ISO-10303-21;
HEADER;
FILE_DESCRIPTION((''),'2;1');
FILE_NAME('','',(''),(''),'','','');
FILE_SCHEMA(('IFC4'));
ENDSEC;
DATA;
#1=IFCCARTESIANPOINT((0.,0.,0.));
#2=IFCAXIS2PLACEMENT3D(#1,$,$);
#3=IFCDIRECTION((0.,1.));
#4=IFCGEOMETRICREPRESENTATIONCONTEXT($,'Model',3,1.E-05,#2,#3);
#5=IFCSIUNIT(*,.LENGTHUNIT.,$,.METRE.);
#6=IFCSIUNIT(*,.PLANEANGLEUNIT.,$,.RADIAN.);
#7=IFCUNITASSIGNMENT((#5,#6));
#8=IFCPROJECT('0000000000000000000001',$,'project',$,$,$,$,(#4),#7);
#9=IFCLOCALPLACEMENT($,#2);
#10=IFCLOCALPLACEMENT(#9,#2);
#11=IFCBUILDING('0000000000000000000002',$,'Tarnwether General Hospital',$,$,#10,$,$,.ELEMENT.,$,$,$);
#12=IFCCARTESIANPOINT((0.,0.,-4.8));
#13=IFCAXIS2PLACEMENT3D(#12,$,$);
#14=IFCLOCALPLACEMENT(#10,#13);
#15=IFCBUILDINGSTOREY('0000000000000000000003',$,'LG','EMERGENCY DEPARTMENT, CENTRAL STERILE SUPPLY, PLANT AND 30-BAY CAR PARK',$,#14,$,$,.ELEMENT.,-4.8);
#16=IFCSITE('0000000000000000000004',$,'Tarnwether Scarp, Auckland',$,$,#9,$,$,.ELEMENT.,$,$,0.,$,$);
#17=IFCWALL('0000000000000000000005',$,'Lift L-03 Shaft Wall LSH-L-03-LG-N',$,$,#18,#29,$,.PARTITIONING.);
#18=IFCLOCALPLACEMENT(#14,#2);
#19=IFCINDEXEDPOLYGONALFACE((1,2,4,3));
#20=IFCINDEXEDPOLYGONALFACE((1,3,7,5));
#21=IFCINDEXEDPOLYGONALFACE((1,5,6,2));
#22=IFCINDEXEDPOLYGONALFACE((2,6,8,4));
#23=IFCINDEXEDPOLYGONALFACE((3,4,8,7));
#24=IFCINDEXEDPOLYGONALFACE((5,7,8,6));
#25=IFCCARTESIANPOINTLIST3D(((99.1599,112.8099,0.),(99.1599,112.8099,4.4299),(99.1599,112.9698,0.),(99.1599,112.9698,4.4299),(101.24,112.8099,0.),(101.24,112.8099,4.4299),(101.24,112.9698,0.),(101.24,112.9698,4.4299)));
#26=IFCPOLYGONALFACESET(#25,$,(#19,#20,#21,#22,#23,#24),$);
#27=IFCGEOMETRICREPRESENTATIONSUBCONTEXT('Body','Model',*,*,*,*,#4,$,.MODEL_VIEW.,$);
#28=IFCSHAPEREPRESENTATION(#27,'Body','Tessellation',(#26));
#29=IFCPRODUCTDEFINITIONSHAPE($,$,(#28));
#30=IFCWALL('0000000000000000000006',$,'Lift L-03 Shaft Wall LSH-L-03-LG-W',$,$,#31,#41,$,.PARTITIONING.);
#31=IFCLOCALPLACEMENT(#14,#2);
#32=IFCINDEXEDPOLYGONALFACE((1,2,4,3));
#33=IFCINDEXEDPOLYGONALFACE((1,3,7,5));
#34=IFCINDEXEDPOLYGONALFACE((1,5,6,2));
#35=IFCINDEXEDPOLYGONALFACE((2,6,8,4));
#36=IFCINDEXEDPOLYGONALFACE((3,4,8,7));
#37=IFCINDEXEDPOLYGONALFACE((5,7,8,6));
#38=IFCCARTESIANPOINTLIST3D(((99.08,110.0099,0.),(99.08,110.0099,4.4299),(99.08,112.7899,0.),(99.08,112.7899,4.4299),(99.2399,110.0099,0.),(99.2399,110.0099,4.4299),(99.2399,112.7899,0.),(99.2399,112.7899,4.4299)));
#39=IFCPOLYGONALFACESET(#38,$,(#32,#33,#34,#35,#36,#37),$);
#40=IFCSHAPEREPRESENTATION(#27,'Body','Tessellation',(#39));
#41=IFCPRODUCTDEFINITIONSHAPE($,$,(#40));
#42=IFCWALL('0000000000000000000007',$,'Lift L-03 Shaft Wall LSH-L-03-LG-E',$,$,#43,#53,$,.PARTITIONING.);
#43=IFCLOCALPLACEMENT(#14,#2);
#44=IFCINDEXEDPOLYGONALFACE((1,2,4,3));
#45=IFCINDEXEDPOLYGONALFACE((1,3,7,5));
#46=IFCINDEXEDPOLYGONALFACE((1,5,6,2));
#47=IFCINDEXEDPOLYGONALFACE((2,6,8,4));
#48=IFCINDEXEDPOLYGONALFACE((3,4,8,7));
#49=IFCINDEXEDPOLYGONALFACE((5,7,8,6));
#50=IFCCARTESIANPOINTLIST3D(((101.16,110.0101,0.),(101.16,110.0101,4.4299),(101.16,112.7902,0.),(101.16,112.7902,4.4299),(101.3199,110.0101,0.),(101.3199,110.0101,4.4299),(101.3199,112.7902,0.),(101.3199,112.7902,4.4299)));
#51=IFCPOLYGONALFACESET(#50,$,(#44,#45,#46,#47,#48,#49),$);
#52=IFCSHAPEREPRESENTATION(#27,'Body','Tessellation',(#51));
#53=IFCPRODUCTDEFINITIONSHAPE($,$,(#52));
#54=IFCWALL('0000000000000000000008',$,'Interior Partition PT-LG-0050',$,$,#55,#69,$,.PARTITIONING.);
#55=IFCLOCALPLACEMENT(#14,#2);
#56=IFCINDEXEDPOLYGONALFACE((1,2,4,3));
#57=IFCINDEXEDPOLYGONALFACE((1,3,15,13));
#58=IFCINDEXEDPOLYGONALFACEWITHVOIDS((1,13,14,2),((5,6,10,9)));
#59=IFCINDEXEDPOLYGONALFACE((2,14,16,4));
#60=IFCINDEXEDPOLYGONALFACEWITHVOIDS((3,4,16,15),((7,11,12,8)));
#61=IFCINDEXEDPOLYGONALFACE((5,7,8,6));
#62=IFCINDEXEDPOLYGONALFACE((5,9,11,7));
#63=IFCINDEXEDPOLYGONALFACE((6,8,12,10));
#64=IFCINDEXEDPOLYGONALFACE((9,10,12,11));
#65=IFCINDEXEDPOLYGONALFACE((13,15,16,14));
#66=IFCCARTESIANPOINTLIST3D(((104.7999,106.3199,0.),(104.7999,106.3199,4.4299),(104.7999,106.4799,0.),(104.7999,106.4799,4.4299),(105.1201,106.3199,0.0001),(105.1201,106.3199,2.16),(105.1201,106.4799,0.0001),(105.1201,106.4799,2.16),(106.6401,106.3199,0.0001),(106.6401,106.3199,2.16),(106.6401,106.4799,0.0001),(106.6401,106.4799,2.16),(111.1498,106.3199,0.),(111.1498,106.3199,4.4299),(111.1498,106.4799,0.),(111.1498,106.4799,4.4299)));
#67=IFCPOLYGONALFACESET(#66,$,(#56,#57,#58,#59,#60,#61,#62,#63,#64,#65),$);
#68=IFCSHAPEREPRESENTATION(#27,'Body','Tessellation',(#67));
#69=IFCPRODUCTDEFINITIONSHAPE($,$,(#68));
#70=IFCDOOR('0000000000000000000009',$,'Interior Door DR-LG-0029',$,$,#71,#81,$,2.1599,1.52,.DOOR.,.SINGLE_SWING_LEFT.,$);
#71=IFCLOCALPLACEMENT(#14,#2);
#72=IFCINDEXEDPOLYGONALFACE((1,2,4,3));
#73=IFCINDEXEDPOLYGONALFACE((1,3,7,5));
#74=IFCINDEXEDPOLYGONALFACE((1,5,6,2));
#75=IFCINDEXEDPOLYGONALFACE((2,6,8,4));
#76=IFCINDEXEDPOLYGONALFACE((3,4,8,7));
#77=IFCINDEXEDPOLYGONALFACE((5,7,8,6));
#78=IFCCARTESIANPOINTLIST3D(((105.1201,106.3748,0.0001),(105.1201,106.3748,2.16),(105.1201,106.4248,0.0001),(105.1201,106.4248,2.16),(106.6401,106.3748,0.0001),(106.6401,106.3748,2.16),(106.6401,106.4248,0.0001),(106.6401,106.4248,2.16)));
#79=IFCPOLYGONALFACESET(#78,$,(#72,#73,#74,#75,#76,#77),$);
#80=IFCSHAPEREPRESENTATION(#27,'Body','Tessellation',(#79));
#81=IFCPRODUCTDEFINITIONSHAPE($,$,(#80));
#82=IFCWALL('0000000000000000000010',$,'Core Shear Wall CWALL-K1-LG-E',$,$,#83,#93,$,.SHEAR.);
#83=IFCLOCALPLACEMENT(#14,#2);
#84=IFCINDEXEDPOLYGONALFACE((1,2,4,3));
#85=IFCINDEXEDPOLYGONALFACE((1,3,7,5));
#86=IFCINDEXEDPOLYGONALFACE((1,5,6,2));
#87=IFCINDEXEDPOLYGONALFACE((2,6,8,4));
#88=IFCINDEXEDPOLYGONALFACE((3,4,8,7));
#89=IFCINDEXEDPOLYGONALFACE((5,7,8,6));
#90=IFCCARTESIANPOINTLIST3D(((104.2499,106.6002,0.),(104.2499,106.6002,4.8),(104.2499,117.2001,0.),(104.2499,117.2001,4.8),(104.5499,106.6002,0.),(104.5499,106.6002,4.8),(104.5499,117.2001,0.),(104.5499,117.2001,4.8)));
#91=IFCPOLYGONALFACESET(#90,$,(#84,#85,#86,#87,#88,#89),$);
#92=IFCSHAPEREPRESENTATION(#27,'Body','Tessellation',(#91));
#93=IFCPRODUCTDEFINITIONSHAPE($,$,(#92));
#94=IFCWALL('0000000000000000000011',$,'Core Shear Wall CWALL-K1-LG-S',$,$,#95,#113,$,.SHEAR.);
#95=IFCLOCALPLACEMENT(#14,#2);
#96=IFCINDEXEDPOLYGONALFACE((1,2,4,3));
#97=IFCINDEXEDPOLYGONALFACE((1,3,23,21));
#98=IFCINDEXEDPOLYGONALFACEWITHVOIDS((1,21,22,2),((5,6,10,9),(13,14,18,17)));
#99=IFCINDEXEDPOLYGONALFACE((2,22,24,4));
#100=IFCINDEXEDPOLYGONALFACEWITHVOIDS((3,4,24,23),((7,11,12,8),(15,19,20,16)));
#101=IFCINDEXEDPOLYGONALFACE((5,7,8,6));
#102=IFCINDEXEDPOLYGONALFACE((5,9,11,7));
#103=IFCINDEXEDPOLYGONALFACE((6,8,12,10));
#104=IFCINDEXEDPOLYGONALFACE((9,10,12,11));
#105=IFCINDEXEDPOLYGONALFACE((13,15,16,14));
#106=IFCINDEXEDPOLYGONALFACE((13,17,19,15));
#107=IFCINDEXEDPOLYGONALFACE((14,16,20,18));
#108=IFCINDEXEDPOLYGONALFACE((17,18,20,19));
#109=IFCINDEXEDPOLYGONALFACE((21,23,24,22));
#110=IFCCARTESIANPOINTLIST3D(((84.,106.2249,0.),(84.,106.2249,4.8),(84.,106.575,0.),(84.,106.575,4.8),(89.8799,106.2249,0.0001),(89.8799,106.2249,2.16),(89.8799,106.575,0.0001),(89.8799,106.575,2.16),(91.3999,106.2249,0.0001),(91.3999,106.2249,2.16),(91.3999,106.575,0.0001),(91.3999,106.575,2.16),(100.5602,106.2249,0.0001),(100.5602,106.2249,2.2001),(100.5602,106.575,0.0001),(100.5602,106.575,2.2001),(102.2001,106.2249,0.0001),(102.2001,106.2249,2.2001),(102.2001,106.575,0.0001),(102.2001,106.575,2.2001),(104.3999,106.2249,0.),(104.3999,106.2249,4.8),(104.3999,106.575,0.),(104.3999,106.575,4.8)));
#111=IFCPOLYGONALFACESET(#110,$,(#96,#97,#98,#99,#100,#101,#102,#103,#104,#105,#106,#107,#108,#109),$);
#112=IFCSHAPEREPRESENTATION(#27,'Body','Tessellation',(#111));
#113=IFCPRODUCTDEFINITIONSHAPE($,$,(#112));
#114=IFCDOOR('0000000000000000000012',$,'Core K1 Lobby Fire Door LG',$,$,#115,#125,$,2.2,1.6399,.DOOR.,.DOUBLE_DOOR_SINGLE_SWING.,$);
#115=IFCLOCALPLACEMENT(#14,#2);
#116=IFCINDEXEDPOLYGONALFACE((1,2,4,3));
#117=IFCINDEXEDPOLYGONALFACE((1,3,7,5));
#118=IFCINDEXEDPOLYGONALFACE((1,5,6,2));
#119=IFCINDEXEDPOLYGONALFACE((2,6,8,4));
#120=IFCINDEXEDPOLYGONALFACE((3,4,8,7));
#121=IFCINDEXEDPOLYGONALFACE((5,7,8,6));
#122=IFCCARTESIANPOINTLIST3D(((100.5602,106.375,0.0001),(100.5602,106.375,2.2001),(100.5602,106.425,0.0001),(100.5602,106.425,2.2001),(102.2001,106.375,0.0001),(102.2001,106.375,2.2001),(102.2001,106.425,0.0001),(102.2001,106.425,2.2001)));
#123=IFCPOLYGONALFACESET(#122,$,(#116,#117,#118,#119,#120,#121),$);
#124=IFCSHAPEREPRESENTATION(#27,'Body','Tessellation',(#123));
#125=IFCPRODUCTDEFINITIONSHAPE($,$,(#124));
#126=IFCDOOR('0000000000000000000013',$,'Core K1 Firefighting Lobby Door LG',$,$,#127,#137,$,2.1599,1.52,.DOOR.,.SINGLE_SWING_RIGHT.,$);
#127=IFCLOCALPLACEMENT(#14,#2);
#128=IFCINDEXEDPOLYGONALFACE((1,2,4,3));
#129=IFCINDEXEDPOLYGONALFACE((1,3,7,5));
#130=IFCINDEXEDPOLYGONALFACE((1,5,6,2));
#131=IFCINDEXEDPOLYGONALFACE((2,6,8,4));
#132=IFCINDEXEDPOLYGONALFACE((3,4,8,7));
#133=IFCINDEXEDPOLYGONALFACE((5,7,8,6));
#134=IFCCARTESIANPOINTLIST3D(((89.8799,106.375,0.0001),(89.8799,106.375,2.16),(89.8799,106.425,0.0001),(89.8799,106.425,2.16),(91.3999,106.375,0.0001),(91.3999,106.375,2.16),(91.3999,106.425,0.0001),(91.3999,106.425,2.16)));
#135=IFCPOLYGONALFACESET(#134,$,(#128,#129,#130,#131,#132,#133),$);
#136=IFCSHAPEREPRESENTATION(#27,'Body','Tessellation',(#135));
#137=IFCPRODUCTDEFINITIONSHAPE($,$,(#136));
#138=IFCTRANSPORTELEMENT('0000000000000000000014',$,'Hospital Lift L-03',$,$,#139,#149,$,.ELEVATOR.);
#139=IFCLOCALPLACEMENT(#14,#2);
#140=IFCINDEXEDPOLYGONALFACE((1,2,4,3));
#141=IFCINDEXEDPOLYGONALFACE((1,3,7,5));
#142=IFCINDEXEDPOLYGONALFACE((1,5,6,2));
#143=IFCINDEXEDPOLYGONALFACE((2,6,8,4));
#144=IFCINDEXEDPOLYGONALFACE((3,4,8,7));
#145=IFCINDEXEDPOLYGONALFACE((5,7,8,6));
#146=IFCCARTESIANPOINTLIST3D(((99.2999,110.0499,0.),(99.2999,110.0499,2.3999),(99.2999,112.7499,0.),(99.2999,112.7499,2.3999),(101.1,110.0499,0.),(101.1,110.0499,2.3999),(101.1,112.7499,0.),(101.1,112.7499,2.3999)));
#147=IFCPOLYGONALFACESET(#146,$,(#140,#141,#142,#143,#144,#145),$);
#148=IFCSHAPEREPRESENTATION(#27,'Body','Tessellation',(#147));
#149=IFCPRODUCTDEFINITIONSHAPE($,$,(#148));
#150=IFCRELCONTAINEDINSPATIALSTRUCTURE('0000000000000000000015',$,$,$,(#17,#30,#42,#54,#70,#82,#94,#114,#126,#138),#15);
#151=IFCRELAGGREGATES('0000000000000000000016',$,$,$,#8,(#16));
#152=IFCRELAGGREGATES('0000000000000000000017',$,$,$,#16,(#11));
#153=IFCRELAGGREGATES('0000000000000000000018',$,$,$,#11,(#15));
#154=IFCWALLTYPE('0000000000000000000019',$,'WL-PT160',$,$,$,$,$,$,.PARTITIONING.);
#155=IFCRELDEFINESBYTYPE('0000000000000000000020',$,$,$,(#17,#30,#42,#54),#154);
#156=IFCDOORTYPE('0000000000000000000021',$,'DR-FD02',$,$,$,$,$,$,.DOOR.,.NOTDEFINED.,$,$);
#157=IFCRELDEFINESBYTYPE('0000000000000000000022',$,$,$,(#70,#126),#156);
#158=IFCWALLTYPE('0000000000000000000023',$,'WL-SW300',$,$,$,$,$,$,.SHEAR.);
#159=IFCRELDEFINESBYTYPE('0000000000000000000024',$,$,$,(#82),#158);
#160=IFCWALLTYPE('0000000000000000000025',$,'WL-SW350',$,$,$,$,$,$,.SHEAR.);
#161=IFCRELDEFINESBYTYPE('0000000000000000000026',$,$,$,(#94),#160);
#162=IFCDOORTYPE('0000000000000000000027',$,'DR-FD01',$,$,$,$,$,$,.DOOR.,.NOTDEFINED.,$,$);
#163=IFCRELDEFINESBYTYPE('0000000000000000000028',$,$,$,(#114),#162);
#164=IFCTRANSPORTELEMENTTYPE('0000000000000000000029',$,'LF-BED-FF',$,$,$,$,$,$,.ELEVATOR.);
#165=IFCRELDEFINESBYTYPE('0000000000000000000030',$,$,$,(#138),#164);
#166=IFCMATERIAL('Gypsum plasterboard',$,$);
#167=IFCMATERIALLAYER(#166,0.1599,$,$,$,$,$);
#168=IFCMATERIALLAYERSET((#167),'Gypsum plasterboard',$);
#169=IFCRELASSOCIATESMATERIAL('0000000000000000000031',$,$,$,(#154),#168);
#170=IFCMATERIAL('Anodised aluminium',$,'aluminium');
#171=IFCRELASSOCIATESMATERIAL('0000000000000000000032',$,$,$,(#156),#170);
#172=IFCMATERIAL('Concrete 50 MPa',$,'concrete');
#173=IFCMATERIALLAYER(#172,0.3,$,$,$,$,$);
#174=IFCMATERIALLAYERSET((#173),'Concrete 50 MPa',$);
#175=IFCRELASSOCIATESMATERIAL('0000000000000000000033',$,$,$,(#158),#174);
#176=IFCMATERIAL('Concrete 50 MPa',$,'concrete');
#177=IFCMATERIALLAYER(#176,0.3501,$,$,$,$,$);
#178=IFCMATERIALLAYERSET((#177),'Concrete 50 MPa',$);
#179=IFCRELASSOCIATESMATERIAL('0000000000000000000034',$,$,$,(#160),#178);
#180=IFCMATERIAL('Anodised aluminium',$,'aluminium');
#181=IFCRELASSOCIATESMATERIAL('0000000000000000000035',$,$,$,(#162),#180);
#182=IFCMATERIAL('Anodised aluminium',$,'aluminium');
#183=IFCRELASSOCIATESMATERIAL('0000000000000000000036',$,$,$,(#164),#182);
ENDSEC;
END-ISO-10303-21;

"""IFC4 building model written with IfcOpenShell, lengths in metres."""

from ifc_helpers import new_model, si_unit, direction, frame, frame_2d, origin, origin_2d, place, context, subcontext, project, spatial, rectangle, extrude, material, layer, layer_set, type_object, element, fill, save


model = new_model("IFC4")

# Units and contexts
model_context = context("Model", 3, precision=1e-05, world=origin(), true_north=direction((0.0, 1.0)))
body_context = subcontext(model_context, "Body", "Model", "MODEL_VIEW")
ifc_project = project(units=[si_unit("LENGTHUNIT", "METRE"), si_unit("PLANEANGLEUNIT", "RADIAN")], contexts=[model_context])

# Site, building, storey
site_placement = place(None, origin())
site = spatial("IfcSite", under=ifc_project, at=site_placement, Name="Tarnwether Scarp, Auckland", CompositionType="ELEMENT", RefElevation=0.0)
building_placement = place(site_placement, origin())
building = spatial("IfcBuilding", under=site, at=building_placement, Name="Tarnwether General Hospital", CompositionType="ELEMENT")
storey_placement = place(building_placement, frame((0.0, 0.0, -4.8)))
storey = spatial("IfcBuildingStorey", under=building, at=storey_placement, Name="LG", Description="EMERGENCY DEPARTMENT, CENTRAL STERILE SUPPLY, PLANT AND 30-BAY CAR PARK", CompositionType="ELEMENT", Elevation=-4.8)

# Shared definitions
ifc_material_1 = material(Name="Gypsum plasterboard")
ifc_layer_1 = layer(ifc_material_1, 0.1599)
ifc_layer_set_1 = layer_set([ifc_layer_1], Name="Gypsum plasterboard")
wall_type_1 = type_object("IfcWallType", Name="WL-PT160", PredefinedType="PARTITIONING", material=ifc_layer_set_1)

# Walls
wall_1_placement = place(storey_placement, frame((101.24, 112.8899, 0.0), z_axis=(0.0, 0.0, 1.0), x_axis=(-1.0, 0.0, 0.0)))
element("IfcWall", 1, at=wall_1_placement, inside=storey, type_object=wall_type_1, Name="Lift L-03 Shaft Wall LSH-L-03-LG-N", PredefinedType="PARTITIONING", context=body_context, shape_type="SweptSolid", body=[
    extrude(rectangle(XDim=2.0801, YDim=0.1599, at=frame_2d((1.04, 0.0))), origin(), (0.0, 0.0, 1.0), 4.4299),
])
for number, where, z_axis, x_axis, name in (
    (2, (99.1599, 112.79, 0.0), (0.0, 0.0, 1.0), (0.0, -1.0, 0.0), "Lift L-03 Shaft Wall LSH-L-03-LG-W"),
    (3, (101.24, 110.01, 0.0), (0.0, 0.0, 1.0), (0.0, 1.0, 0.0), "Lift L-03 Shaft Wall LSH-L-03-LG-E"),
):
    element("IfcWall", number, at=place(storey_placement, frame(where, z_axis=z_axis, x_axis=x_axis)), inside=storey, type_object=wall_type_1, Name=name, PredefinedType="PARTITIONING", context=body_context, shape_type="SweptSolid", body=[
        extrude(rectangle(XDim=2.78, YDim=0.1599, at=frame_2d((1.3901, 0.0))), origin(), (0.0, 0.0, 1.0), 4.4299),
    ])

# Wall, opening, door
wall_2_placement = place(storey_placement, frame((104.8, 106.3999, 0.0), z_axis=(0.0, 0.0, 1.0), x_axis=(1.0, 0.0, 0.0)))
wall_2 = element("IfcWall", 4, at=wall_2_placement, inside=storey, type_object=wall_type_1, Name="Interior Partition PT-LG-0050", PredefinedType="PARTITIONING", context=body_context, shape_type="SweptSolid", body=[
    extrude(rectangle(XDim=6.3499, YDim=0.1599, at=frame_2d((3.1748, 0.0))), origin(), (0.0, 0.0, 1.0), 4.4299),
])
opening_1_placement = place(wall_2_placement, frame((0.3201, 0.0, 0.0)))
opening_1 = element("IfcOpeningElement", 5, at=opening_1_placement, cuts=wall_2, PredefinedType="OPENING", context=body_context, shape_type="SweptSolid", body=[
    extrude(rectangle(XDim=1.52, YDim=2.1599, at=frame_2d((0.76, 1.0801))), frame((0.0, 0.0898, 0.0), z_axis=(0.0, -1.0, 0.0), x_axis=(1.0, 0.0, 0.0)), (0.0, 0.0, 1.0), 0.1799),
])
ifc_material_2 = material(Name="Anodised aluminium", Category="aluminium")
door_type_1 = type_object("IfcDoorType", Name="DR-FD02", OperationType="NOTDEFINED", PredefinedType="DOOR", material=ifc_material_2)
door_1_placement = place(opening_1_placement, origin())
door_1 = element("IfcDoor", 6, at=door_1_placement, inside=storey, type_object=door_type_1, Name="Interior Door DR-LG-0029", OperationType="SINGLE_SWING_LEFT", OverallHeight=2.1599, OverallWidth=1.52, PredefinedType="DOOR", context=body_context, shape_type="SweptSolid", body=[
    extrude(rectangle(XDim=1.52, YDim=2.1599, at=frame_2d((0.76, 1.0801))), frame((0.0, 0.0249, 0.0), z_axis=(0.0, -1.0, 0.0), x_axis=(1.0, 0.0, 0.0)), (0.0, 0.0, 1.0), 0.05),
])
fill(opening_1, door_1)

# Wall
ifc_material_3 = material(Name="Concrete 50 MPa", Category="concrete")
ifc_layer_2 = layer(ifc_material_3, 0.3)
ifc_layer_set_2 = layer_set([ifc_layer_2], Name="Concrete 50 MPa")
wall_type_2 = type_object("IfcWallType", Name="WL-SW300", PredefinedType="SHEAR", material=ifc_layer_set_2)
wall_3_placement = place(storey_placement, frame((104.3999, 117.2, 0.0), z_axis=(0.0, 0.0, 1.0), x_axis=(0.0, -1.0, 0.0)))
element("IfcWall", 7, at=wall_3_placement, inside=storey, type_object=wall_type_2, Name="Core Shear Wall CWALL-K1-LG-E", PredefinedType="SHEAR", context=body_context, shape_type="SweptSolid", body=[
    extrude(rectangle(XDim=10.5999, YDim=0.3, at=frame_2d((5.2998, 0.0))), origin(), (0.0, 0.0, 1.0), 4.8),
])

# Wall, openings, doors
ifc_material_4 = material(Name="Concrete 50 MPa", Category="concrete")
ifc_layer_3 = layer(ifc_material_4, 0.3501)
ifc_layer_set_3 = layer_set([ifc_layer_3], Name="Concrete 50 MPa")
wall_type_3 = type_object("IfcWallType", Name="WL-SW350", PredefinedType="SHEAR", material=ifc_layer_set_3)
wall_4_placement = place(storey_placement, frame((104.3999, 106.3999, 0.0), z_axis=(0.0, 0.0, 1.0), x_axis=(-1.0, 0.0, 0.0)))
wall_4 = element("IfcWall", 8, at=wall_4_placement, inside=storey, type_object=wall_type_3, Name="Core Shear Wall CWALL-K1-LG-S", PredefinedType="SHEAR", context=body_context, shape_type="SweptSolid", body=[
    extrude(rectangle(XDim=20.3999, YDim=0.3501, at=frame_2d((10.2, 0.0))), origin(), (0.0, 0.0, 1.0), 4.8),
])
opening_2_placement = place(wall_4_placement, frame((2.2, 0.0, 0.0)))
opening_2 = element("IfcOpeningElement", 9, at=opening_2_placement, cuts=wall_4, PredefinedType="OPENING", context=body_context, shape_type="SweptSolid", body=[
    extrude(rectangle(XDim=1.6399, YDim=2.2, at=frame_2d((0.8198, 1.1001))), frame((0.0, 0.1851, 0.0), z_axis=(0.0, -1.0, 0.0), x_axis=(1.0, 0.0, 0.0)), (0.0, 0.0, 1.0), 0.3701),
])
opening_3_placement = place(wall_4_placement, frame((13.0, 0.0, 0.0)))
opening_3 = element("IfcOpeningElement", 10, at=opening_3_placement, cuts=wall_4, PredefinedType="OPENING", context=body_context, shape_type="SweptSolid", body=[
    extrude(rectangle(XDim=1.52, YDim=2.1599, at=frame_2d((0.76, 1.0801))), frame((0.0, 0.1851, 0.0), z_axis=(0.0, -1.0, 0.0), x_axis=(1.0, 0.0, 0.0)), (0.0, 0.0, 1.0), 0.3701),
])
ifc_material_5 = material(Name="Anodised aluminium", Category="aluminium")
door_type_2 = type_object("IfcDoorType", Name="DR-FD01", OperationType="NOTDEFINED", PredefinedType="DOOR", material=ifc_material_5)
door_2_placement = place(opening_2_placement, origin())
door_2 = element("IfcDoor", 11, at=door_2_placement, inside=storey, type_object=door_type_2, Name="Core K1 Lobby Fire Door LG", OperationType="DOUBLE_DOOR_SINGLE_SWING", OverallHeight=2.2, OverallWidth=1.6399, PredefinedType="DOOR", context=body_context, shape_type="SweptSolid", body=[
    extrude(rectangle(XDim=1.6399, YDim=2.2, at=frame_2d((0.8198, 1.1001))), frame((0.0, 0.0249, 0.0), z_axis=(0.0, -1.0, 0.0), x_axis=(1.0, 0.0, 0.0)), (0.0, 0.0, 1.0), 0.05),
])
fill(opening_2, door_2)
door_3_placement = place(opening_3_placement, origin())
door_3 = element("IfcDoor", 12, at=door_3_placement, inside=storey, type_object=door_type_1, Name="Core K1 Firefighting Lobby Door LG", OperationType="SINGLE_SWING_RIGHT", OverallHeight=2.1599, OverallWidth=1.52, PredefinedType="DOOR", context=body_context, shape_type="SweptSolid", body=[
    extrude(rectangle(XDim=1.52, YDim=2.1599, at=frame_2d((0.76, 1.0801))), frame((0.0, 0.0249, 0.0), z_axis=(0.0, -1.0, 0.0), x_axis=(1.0, 0.0, 0.0)), (0.0, 0.0, 1.0), 0.05),
])
fill(opening_3, door_3)

# Transport element
ifc_material_6 = material(Name="Anodised aluminium", Category="aluminium")
transport_element_type = type_object("IfcTransportElementType", Name="LF-BED-FF", PredefinedType="ELEVATOR", material=ifc_material_6)
transport_element_placement = place(storey_placement, frame((100.2, 111.3999, 0.0), z_axis=(0.0, 0.0, 1.0), x_axis=(1.0, 0.0, 0.0)))
element("IfcTransportElement", 13, at=transport_element_placement, inside=storey, type_object=transport_element_type, Name="Hospital Lift L-03", PredefinedType="ELEVATOR", context=body_context, shape_type="SweptSolid", body=[
    extrude(rectangle(XDim=1.8, YDim=2.7, at=origin_2d()), origin(), (0.0, 0.0, 1.0), 2.3999),
])

save(model, "model.ifc")
